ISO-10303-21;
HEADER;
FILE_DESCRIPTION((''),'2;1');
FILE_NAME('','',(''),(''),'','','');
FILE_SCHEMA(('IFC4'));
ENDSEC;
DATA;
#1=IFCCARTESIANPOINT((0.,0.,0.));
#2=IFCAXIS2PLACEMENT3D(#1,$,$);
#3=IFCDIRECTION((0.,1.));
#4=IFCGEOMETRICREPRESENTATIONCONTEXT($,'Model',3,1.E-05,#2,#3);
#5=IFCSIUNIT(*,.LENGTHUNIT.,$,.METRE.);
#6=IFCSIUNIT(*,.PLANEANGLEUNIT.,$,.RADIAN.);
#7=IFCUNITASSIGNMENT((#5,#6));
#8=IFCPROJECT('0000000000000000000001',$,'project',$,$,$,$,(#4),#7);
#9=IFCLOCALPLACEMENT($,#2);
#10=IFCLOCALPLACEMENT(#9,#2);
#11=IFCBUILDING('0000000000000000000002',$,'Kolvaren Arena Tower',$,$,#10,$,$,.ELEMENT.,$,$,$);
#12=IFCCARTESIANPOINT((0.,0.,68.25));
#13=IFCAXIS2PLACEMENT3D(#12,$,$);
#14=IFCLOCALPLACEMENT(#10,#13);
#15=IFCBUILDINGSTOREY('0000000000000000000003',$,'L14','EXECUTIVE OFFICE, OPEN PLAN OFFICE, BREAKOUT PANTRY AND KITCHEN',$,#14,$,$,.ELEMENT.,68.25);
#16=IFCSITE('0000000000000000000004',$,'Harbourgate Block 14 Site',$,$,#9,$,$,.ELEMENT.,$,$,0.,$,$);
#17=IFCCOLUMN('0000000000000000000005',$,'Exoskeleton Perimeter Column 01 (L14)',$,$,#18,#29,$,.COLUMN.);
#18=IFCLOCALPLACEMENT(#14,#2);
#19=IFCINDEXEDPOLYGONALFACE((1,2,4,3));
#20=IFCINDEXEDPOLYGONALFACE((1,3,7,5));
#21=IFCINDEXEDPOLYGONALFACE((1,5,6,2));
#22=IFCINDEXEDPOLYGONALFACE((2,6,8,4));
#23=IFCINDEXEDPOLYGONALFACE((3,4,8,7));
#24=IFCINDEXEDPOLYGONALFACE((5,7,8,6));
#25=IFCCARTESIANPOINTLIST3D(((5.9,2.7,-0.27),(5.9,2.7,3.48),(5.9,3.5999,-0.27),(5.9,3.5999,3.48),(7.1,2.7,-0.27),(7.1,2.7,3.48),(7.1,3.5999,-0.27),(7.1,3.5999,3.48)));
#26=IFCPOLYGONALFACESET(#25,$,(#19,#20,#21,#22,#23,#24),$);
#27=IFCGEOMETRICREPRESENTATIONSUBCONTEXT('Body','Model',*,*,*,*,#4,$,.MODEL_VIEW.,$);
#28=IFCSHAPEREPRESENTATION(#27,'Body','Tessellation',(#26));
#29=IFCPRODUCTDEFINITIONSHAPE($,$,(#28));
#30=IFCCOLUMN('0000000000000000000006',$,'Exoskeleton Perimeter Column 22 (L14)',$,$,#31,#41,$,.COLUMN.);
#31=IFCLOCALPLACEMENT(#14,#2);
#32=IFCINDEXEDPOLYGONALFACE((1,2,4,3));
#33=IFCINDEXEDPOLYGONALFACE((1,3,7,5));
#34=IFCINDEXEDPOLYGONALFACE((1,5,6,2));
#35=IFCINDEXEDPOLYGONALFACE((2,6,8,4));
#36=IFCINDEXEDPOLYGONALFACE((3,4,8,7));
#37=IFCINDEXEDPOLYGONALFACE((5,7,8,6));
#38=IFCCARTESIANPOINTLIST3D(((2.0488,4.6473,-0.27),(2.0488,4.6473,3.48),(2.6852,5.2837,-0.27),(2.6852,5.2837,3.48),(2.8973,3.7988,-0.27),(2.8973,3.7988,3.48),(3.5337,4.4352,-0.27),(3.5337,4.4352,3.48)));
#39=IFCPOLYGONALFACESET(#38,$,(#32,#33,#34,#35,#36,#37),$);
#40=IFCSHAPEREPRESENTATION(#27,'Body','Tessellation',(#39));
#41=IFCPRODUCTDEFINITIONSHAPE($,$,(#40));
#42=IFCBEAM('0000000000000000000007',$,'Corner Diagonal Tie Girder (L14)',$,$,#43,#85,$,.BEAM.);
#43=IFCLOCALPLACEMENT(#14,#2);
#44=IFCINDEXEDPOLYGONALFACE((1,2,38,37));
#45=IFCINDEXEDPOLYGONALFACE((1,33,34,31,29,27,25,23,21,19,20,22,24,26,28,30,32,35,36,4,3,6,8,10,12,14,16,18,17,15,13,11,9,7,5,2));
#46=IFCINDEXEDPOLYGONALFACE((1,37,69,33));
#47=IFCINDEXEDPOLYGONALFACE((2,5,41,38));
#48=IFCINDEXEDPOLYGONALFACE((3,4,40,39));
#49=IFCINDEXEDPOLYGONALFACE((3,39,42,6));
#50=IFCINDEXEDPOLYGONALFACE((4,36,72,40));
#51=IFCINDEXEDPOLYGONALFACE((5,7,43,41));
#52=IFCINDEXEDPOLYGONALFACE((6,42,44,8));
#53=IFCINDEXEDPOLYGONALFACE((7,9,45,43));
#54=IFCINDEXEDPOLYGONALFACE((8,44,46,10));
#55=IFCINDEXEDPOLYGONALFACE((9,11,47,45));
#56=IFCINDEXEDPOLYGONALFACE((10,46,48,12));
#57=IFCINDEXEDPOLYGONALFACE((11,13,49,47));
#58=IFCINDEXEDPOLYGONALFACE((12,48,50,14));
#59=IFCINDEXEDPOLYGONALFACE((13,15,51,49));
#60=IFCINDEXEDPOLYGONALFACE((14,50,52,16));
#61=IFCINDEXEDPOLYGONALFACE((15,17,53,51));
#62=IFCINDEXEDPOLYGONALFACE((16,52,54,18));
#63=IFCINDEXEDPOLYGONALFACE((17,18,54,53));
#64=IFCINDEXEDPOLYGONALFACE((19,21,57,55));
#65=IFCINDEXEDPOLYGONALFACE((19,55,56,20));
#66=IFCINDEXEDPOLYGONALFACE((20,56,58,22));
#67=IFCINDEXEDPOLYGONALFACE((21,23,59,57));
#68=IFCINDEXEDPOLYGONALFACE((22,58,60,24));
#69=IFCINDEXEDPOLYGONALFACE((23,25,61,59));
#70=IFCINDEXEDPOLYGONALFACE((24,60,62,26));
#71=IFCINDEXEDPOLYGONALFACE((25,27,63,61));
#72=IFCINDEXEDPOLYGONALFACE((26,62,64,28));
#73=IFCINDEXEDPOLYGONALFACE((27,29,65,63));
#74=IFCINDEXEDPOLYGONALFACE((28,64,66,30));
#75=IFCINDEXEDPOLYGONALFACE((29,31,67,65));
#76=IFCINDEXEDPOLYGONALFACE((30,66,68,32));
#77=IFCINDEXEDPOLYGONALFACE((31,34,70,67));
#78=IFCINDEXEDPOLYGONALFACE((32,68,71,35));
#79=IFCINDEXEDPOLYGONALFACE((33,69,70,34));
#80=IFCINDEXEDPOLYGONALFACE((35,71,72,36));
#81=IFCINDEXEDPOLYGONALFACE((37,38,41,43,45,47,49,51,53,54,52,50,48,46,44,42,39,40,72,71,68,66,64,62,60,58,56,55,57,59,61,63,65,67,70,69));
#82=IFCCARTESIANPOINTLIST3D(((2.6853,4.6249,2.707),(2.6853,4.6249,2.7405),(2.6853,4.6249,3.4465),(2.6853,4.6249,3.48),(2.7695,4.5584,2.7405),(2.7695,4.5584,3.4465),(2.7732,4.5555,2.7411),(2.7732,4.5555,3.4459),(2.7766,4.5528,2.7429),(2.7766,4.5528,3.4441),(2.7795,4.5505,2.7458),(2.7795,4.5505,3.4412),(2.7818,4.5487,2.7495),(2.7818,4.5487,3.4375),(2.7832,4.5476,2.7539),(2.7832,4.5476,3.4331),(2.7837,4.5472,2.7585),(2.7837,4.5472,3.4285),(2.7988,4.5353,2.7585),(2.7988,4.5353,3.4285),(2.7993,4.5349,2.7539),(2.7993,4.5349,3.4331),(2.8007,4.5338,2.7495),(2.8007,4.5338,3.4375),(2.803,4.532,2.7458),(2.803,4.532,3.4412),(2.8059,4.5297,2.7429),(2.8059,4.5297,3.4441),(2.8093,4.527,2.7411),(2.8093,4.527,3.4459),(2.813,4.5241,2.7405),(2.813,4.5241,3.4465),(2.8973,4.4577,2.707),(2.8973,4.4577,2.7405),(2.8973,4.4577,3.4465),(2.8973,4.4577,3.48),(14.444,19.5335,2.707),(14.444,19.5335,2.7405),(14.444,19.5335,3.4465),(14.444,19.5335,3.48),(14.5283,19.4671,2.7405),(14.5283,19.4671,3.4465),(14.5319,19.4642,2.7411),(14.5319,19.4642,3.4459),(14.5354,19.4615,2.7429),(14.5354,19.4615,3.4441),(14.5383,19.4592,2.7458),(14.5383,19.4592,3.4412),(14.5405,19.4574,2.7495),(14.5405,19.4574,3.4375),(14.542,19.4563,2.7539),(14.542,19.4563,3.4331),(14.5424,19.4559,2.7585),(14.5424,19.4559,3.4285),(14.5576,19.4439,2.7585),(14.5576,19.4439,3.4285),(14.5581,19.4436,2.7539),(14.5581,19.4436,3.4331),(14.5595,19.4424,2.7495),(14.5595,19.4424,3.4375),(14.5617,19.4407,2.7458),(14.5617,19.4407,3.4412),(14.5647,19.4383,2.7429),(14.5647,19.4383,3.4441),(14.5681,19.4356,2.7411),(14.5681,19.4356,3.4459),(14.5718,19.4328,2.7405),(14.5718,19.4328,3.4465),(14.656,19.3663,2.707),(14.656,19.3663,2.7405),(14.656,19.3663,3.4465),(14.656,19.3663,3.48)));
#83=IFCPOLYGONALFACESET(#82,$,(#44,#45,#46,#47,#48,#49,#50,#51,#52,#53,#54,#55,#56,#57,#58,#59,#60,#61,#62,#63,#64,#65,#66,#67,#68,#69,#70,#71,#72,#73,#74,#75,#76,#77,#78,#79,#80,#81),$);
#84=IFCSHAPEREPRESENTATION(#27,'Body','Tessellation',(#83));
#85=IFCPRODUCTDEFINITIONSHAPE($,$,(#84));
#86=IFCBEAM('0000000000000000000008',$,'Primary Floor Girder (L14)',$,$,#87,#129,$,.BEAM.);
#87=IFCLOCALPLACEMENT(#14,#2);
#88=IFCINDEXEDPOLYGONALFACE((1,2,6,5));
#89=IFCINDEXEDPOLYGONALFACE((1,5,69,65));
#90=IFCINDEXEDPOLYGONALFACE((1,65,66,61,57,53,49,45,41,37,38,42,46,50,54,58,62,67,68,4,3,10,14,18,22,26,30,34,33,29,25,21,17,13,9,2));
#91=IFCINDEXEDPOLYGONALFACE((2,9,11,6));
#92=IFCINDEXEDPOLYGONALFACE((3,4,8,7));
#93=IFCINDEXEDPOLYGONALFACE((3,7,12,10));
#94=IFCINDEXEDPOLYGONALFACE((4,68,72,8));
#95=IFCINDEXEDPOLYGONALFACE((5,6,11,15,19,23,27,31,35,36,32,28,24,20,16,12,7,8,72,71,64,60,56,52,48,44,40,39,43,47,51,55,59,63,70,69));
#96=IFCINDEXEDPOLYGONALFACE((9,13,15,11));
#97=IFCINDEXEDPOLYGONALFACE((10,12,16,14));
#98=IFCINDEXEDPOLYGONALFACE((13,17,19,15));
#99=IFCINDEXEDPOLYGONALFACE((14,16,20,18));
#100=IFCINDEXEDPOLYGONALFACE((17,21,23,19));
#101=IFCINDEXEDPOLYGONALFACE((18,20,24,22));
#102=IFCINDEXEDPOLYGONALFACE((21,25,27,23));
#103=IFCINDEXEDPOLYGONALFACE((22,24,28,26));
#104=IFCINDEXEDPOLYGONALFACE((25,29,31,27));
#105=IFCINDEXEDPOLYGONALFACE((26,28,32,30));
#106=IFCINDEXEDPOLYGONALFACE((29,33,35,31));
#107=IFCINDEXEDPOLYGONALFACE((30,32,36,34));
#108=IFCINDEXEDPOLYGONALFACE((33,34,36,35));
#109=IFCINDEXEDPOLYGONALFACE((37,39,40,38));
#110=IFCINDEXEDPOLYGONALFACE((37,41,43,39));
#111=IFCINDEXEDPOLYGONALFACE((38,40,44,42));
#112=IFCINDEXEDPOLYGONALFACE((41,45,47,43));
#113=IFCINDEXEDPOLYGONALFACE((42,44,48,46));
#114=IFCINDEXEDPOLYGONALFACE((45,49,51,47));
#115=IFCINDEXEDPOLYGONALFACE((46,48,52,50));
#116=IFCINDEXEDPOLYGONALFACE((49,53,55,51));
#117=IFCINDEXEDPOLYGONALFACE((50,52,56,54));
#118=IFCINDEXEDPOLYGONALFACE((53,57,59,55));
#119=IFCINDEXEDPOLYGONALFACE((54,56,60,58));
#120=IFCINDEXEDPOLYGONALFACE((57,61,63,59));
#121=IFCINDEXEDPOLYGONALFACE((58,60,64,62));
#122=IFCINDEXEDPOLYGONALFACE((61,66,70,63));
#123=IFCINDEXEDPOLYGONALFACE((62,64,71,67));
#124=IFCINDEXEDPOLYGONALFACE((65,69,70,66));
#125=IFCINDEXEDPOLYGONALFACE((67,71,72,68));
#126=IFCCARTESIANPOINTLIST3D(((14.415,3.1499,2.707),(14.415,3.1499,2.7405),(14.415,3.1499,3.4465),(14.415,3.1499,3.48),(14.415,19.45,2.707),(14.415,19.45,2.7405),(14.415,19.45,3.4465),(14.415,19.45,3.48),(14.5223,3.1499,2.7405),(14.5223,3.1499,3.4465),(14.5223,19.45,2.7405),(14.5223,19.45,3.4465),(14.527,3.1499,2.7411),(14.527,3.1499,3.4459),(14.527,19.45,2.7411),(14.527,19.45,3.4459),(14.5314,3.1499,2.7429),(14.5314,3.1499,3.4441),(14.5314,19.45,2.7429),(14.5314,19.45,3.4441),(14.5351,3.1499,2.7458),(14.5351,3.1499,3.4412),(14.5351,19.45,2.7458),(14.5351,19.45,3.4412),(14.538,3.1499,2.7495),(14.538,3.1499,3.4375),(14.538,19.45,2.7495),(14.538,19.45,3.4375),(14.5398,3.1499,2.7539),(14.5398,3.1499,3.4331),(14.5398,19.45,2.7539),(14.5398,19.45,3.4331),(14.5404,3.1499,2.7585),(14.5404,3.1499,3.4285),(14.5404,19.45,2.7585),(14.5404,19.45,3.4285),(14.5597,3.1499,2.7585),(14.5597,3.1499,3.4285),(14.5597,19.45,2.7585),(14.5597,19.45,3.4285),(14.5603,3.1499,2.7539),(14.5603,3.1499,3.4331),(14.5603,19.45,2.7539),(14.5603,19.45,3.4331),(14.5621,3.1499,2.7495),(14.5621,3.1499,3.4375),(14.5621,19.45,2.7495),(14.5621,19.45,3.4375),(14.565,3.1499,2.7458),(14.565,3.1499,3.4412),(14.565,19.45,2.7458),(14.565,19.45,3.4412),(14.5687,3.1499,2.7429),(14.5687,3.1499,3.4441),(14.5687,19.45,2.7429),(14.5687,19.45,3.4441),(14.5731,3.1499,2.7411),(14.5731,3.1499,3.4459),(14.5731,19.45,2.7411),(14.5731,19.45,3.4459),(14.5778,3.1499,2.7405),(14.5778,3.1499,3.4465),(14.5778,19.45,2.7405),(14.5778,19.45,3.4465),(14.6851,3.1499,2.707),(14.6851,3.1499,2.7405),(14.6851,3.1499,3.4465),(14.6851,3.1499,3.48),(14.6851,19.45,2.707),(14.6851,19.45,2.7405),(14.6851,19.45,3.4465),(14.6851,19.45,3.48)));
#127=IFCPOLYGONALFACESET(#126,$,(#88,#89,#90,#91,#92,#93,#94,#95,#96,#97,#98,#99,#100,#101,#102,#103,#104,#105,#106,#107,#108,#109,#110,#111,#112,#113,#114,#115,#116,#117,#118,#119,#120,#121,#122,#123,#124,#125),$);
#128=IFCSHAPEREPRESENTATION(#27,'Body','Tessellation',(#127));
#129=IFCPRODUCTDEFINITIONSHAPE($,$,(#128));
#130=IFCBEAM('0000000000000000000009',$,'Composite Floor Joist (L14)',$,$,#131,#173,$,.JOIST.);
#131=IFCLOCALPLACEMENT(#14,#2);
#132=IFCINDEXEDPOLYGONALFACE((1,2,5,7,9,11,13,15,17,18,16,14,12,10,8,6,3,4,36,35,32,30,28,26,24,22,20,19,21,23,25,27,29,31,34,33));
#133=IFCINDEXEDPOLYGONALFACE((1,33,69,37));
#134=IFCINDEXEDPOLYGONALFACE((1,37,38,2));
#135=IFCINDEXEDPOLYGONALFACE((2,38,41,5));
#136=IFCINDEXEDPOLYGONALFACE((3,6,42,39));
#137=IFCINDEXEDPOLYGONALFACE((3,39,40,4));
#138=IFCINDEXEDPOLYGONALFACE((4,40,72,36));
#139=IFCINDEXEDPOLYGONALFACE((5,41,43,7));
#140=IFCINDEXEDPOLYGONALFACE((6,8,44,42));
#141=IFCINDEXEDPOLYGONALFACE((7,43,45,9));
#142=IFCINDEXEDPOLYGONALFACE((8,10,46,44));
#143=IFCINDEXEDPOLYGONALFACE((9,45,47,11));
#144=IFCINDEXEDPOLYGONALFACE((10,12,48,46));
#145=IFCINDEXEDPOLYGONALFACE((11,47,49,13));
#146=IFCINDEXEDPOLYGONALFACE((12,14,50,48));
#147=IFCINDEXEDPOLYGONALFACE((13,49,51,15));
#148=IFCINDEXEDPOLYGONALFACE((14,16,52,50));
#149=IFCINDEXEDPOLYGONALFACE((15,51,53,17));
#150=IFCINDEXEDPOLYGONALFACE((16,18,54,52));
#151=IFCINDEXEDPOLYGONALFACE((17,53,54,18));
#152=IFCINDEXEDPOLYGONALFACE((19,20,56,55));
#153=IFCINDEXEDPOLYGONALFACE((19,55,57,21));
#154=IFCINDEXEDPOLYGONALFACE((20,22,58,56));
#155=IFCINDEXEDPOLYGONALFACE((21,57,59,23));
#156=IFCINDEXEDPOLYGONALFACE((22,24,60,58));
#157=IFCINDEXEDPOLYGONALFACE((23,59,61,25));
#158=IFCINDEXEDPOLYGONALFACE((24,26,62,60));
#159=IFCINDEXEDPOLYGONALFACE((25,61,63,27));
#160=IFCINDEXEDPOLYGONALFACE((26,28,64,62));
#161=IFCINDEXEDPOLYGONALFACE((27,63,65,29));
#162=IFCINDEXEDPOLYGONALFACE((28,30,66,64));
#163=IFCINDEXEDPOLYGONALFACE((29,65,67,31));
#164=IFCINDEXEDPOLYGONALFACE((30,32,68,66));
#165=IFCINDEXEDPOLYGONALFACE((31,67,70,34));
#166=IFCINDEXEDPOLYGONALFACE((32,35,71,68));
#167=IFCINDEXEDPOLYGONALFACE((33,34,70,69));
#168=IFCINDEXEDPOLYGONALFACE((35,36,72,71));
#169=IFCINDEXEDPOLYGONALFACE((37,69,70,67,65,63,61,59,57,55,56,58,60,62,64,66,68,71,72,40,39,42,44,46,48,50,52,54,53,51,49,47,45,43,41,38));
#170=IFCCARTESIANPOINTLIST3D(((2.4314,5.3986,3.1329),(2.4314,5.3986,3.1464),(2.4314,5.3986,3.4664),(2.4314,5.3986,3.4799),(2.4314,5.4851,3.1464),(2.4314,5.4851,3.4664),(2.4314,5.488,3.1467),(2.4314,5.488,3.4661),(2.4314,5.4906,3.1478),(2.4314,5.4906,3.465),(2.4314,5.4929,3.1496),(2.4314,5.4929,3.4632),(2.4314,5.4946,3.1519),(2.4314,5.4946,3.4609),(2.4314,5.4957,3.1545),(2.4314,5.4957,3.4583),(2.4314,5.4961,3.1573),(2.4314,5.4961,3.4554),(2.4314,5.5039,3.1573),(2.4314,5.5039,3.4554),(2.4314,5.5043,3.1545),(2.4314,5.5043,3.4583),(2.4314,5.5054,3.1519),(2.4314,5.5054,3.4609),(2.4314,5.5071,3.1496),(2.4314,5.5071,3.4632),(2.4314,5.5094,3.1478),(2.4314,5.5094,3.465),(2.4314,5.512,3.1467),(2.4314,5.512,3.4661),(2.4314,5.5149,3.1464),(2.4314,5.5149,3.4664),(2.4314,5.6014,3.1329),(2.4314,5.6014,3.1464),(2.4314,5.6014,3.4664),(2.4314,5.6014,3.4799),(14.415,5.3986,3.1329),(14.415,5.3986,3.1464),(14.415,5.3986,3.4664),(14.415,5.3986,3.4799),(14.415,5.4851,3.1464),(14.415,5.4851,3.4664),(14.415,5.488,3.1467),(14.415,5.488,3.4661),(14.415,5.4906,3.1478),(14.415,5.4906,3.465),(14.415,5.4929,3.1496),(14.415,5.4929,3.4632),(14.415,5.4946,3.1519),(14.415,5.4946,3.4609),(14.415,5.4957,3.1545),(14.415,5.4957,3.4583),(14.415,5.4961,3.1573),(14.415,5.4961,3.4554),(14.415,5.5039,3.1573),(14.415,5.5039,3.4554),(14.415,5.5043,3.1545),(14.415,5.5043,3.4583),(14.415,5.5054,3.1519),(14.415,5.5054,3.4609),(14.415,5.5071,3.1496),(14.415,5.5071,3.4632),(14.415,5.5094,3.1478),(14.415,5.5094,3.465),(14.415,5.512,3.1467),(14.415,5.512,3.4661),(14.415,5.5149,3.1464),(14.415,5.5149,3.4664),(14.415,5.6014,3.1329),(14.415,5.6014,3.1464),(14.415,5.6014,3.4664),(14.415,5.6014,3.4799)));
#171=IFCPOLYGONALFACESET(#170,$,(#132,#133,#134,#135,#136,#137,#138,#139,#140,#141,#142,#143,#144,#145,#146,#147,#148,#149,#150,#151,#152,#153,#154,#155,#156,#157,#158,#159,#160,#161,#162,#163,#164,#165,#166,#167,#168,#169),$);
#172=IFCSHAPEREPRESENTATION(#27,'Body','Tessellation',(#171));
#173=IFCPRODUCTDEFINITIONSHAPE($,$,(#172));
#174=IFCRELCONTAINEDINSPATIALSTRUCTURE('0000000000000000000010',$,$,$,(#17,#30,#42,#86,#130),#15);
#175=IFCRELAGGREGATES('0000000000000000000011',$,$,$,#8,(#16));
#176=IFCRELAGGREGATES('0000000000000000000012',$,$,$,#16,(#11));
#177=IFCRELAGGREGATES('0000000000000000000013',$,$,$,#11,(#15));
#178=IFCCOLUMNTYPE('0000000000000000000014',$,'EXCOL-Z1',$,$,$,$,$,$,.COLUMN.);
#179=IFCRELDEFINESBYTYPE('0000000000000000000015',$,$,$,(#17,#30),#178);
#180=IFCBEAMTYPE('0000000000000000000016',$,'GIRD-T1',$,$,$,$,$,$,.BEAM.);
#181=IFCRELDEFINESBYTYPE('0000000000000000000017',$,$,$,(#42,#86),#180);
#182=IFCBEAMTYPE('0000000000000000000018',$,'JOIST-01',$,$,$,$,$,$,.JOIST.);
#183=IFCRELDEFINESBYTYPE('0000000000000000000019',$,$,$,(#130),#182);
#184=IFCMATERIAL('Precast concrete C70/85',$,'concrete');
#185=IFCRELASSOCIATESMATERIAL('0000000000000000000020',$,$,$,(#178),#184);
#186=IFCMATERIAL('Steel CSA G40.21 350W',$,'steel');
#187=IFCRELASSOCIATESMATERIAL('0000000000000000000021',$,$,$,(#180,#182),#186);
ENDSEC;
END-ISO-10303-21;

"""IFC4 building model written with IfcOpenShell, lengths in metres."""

from ifc_helpers import new_model, si_unit, direction, frame, origin, origin_2d, place, context, subcontext, project, spatial, rectangle, i_section, extrude, material, material_profile, profile_set, type_object, element, save


model = new_model("IFC4")

# Units and contexts
model_context = context("Model", 3, precision=1e-05, world=origin(), true_north=direction((0.0, 1.0)))
body_context = subcontext(model_context, "Body", "Model", "MODEL_VIEW")
ifc_project = project(units=[si_unit("LENGTHUNIT", "METRE"), si_unit("PLANEANGLEUNIT", "RADIAN")], contexts=[model_context])

# Site, building, storey
site_placement = place(None, origin())
site = spatial("IfcSite", under=ifc_project, at=site_placement, Name="Harbourgate Block 14 Site", CompositionType="ELEMENT", RefElevation=0.0)
building_placement = place(site_placement, origin())
building = spatial("IfcBuilding", under=site, at=building_placement, Name="Kolvaren Arena Tower", CompositionType="ELEMENT")
storey_placement = place(building_placement, frame((0.0, 0.0, 68.25)))
storey = spatial("IfcBuildingStorey", under=building, at=storey_placement, Name="L14", Description="EXECUTIVE OFFICE, OPEN PLAN OFFICE, BREAKOUT PANTRY AND KITCHEN", CompositionType="ELEMENT", Elevation=68.25)

# Columns
ifc_material_1 = material(Name="Precast concrete C70/85", Category="concrete")
ifc_material_profile_1 = material_profile(ifc_material_1, rectangle(XDim=1.2, YDim=0.8999, at=origin_2d()), Name="RC-1200x900")
ifc_profile_set_1 = profile_set([ifc_material_profile_1], Name="Precast concrete C70/85")
column_type = type_object("IfcColumnType", Name="EXCOL-Z1", PredefinedType="COLUMN", material=ifc_profile_set_1)
for number, where, z_axis, x_axis, name in (
    (1, (6.5, 3.1499, -0.27), (0.0, 0.0, 1.0), (1.0, 0.0, 0.0), "Exoskeleton Perimeter Column 01 (L14)"),
    (2, (2.7913, 4.5413, -0.27), (0.0, 0.0, 1.0), (-0.707107, 0.707107, 0.0), "Exoskeleton Perimeter Column 22 (L14)"),
):
    element("IfcColumn", number, at=place(storey_placement, frame(where, z_axis=z_axis, x_axis=x_axis)), inside=storey, type_object=column_type, Name=name, PredefinedType="COLUMN", context=body_context, shape_type="SweptSolid", body=[
        extrude(rectangle(XDim=1.2, YDim=0.8999, at=origin_2d()), origin(), (0.0, 0.0, 1.0), 3.75),
    ])

# Beams
ifc_material_2 = material(Name="Steel CSA G40.21 350W", Category="steel")
ifc_material_profile_2 = material_profile(ifc_material_2, i_section(OverallWidth=0.27, OverallDepth=0.7729, WebThickness=0.0193, FlangeThickness=0.0334, FilletRadius=0.0181, at=origin_2d()), Name="W760x257")
ifc_profile_set_2 = profile_set([ifc_material_profile_2], Name="Steel CSA G40.21 350W")
beam_type_1 = type_object("IfcBeamType", Name="GIRD-T1", PredefinedType="BEAM", material=ifc_profile_set_2)
beam_1_placement = place(storey_placement, frame((2.7913, 4.5413, 3.0935), z_axis=(0.61928, 0.78517, 0.0), x_axis=(-0.78517, 0.61928, 0.0)))
element("IfcBeam", 3, at=beam_1_placement, inside=storey, type_object=beam_type_1, Name="Corner Diagonal Tie Girder (L14)", PredefinedType="BEAM", context=body_context, shape_type="SweptSolid", body=[
    extrude(i_section(OverallWidth=0.27, OverallDepth=0.7729, WebThickness=0.0193, FlangeThickness=0.0334, FilletRadius=0.0181, at=origin_2d()), origin(), (0.0, 0.0, 1.0), 18.9878),
])
beam_2_placement = place(storey_placement, frame((14.55, 3.1499, 3.0935), z_axis=(0.0, 1.0, 0.0), x_axis=(-1.0, 0.0, 0.0)))
element("IfcBeam", 4, at=beam_2_placement, inside=storey, type_object=beam_type_1, Name="Primary Floor Girder (L14)", PredefinedType="BEAM", context=body_context, shape_type="SweptSolid", body=[
    extrude(i_section(OverallWidth=0.27, OverallDepth=0.7729, WebThickness=0.0193, FlangeThickness=0.0334, FilletRadius=0.0181, at=origin_2d()), origin(), (0.0, 0.0, 1.0), 16.3),
])
ifc_material_profile_3 = material_profile(ifc_material_2, i_section(OverallWidth=0.2029, OverallDepth=0.3469, WebThickness=0.0078, FlangeThickness=0.0134, FilletRadius=0.011, at=origin_2d()), Name="W360x64")
ifc_profile_set_3 = profile_set([ifc_material_profile_3], Name="Steel CSA G40.21 350W")
beam_type_2 = type_object("IfcBeamType", Name="JOIST-01", PredefinedType="JOIST", material=ifc_profile_set_3)
beam_3_placement = place(storey_placement, frame((2.4314, 5.5, 3.3064), z_axis=(1.0, 0.0, 0.0), x_axis=(0.0, 1.0, 0.0)))
element("IfcBeam", 5, at=beam_3_placement, inside=storey, type_object=beam_type_2, Name="Composite Floor Joist (L14)", PredefinedType="JOIST", context=body_context, shape_type="SweptSolid", body=[
    extrude(i_section(OverallWidth=0.2029, OverallDepth=0.3469, WebThickness=0.0078, FlangeThickness=0.0134, FilletRadius=0.011, at=origin_2d()), origin(), (0.0, 0.0, 1.0), 11.9836),
])

save(model, "model.ifc")
